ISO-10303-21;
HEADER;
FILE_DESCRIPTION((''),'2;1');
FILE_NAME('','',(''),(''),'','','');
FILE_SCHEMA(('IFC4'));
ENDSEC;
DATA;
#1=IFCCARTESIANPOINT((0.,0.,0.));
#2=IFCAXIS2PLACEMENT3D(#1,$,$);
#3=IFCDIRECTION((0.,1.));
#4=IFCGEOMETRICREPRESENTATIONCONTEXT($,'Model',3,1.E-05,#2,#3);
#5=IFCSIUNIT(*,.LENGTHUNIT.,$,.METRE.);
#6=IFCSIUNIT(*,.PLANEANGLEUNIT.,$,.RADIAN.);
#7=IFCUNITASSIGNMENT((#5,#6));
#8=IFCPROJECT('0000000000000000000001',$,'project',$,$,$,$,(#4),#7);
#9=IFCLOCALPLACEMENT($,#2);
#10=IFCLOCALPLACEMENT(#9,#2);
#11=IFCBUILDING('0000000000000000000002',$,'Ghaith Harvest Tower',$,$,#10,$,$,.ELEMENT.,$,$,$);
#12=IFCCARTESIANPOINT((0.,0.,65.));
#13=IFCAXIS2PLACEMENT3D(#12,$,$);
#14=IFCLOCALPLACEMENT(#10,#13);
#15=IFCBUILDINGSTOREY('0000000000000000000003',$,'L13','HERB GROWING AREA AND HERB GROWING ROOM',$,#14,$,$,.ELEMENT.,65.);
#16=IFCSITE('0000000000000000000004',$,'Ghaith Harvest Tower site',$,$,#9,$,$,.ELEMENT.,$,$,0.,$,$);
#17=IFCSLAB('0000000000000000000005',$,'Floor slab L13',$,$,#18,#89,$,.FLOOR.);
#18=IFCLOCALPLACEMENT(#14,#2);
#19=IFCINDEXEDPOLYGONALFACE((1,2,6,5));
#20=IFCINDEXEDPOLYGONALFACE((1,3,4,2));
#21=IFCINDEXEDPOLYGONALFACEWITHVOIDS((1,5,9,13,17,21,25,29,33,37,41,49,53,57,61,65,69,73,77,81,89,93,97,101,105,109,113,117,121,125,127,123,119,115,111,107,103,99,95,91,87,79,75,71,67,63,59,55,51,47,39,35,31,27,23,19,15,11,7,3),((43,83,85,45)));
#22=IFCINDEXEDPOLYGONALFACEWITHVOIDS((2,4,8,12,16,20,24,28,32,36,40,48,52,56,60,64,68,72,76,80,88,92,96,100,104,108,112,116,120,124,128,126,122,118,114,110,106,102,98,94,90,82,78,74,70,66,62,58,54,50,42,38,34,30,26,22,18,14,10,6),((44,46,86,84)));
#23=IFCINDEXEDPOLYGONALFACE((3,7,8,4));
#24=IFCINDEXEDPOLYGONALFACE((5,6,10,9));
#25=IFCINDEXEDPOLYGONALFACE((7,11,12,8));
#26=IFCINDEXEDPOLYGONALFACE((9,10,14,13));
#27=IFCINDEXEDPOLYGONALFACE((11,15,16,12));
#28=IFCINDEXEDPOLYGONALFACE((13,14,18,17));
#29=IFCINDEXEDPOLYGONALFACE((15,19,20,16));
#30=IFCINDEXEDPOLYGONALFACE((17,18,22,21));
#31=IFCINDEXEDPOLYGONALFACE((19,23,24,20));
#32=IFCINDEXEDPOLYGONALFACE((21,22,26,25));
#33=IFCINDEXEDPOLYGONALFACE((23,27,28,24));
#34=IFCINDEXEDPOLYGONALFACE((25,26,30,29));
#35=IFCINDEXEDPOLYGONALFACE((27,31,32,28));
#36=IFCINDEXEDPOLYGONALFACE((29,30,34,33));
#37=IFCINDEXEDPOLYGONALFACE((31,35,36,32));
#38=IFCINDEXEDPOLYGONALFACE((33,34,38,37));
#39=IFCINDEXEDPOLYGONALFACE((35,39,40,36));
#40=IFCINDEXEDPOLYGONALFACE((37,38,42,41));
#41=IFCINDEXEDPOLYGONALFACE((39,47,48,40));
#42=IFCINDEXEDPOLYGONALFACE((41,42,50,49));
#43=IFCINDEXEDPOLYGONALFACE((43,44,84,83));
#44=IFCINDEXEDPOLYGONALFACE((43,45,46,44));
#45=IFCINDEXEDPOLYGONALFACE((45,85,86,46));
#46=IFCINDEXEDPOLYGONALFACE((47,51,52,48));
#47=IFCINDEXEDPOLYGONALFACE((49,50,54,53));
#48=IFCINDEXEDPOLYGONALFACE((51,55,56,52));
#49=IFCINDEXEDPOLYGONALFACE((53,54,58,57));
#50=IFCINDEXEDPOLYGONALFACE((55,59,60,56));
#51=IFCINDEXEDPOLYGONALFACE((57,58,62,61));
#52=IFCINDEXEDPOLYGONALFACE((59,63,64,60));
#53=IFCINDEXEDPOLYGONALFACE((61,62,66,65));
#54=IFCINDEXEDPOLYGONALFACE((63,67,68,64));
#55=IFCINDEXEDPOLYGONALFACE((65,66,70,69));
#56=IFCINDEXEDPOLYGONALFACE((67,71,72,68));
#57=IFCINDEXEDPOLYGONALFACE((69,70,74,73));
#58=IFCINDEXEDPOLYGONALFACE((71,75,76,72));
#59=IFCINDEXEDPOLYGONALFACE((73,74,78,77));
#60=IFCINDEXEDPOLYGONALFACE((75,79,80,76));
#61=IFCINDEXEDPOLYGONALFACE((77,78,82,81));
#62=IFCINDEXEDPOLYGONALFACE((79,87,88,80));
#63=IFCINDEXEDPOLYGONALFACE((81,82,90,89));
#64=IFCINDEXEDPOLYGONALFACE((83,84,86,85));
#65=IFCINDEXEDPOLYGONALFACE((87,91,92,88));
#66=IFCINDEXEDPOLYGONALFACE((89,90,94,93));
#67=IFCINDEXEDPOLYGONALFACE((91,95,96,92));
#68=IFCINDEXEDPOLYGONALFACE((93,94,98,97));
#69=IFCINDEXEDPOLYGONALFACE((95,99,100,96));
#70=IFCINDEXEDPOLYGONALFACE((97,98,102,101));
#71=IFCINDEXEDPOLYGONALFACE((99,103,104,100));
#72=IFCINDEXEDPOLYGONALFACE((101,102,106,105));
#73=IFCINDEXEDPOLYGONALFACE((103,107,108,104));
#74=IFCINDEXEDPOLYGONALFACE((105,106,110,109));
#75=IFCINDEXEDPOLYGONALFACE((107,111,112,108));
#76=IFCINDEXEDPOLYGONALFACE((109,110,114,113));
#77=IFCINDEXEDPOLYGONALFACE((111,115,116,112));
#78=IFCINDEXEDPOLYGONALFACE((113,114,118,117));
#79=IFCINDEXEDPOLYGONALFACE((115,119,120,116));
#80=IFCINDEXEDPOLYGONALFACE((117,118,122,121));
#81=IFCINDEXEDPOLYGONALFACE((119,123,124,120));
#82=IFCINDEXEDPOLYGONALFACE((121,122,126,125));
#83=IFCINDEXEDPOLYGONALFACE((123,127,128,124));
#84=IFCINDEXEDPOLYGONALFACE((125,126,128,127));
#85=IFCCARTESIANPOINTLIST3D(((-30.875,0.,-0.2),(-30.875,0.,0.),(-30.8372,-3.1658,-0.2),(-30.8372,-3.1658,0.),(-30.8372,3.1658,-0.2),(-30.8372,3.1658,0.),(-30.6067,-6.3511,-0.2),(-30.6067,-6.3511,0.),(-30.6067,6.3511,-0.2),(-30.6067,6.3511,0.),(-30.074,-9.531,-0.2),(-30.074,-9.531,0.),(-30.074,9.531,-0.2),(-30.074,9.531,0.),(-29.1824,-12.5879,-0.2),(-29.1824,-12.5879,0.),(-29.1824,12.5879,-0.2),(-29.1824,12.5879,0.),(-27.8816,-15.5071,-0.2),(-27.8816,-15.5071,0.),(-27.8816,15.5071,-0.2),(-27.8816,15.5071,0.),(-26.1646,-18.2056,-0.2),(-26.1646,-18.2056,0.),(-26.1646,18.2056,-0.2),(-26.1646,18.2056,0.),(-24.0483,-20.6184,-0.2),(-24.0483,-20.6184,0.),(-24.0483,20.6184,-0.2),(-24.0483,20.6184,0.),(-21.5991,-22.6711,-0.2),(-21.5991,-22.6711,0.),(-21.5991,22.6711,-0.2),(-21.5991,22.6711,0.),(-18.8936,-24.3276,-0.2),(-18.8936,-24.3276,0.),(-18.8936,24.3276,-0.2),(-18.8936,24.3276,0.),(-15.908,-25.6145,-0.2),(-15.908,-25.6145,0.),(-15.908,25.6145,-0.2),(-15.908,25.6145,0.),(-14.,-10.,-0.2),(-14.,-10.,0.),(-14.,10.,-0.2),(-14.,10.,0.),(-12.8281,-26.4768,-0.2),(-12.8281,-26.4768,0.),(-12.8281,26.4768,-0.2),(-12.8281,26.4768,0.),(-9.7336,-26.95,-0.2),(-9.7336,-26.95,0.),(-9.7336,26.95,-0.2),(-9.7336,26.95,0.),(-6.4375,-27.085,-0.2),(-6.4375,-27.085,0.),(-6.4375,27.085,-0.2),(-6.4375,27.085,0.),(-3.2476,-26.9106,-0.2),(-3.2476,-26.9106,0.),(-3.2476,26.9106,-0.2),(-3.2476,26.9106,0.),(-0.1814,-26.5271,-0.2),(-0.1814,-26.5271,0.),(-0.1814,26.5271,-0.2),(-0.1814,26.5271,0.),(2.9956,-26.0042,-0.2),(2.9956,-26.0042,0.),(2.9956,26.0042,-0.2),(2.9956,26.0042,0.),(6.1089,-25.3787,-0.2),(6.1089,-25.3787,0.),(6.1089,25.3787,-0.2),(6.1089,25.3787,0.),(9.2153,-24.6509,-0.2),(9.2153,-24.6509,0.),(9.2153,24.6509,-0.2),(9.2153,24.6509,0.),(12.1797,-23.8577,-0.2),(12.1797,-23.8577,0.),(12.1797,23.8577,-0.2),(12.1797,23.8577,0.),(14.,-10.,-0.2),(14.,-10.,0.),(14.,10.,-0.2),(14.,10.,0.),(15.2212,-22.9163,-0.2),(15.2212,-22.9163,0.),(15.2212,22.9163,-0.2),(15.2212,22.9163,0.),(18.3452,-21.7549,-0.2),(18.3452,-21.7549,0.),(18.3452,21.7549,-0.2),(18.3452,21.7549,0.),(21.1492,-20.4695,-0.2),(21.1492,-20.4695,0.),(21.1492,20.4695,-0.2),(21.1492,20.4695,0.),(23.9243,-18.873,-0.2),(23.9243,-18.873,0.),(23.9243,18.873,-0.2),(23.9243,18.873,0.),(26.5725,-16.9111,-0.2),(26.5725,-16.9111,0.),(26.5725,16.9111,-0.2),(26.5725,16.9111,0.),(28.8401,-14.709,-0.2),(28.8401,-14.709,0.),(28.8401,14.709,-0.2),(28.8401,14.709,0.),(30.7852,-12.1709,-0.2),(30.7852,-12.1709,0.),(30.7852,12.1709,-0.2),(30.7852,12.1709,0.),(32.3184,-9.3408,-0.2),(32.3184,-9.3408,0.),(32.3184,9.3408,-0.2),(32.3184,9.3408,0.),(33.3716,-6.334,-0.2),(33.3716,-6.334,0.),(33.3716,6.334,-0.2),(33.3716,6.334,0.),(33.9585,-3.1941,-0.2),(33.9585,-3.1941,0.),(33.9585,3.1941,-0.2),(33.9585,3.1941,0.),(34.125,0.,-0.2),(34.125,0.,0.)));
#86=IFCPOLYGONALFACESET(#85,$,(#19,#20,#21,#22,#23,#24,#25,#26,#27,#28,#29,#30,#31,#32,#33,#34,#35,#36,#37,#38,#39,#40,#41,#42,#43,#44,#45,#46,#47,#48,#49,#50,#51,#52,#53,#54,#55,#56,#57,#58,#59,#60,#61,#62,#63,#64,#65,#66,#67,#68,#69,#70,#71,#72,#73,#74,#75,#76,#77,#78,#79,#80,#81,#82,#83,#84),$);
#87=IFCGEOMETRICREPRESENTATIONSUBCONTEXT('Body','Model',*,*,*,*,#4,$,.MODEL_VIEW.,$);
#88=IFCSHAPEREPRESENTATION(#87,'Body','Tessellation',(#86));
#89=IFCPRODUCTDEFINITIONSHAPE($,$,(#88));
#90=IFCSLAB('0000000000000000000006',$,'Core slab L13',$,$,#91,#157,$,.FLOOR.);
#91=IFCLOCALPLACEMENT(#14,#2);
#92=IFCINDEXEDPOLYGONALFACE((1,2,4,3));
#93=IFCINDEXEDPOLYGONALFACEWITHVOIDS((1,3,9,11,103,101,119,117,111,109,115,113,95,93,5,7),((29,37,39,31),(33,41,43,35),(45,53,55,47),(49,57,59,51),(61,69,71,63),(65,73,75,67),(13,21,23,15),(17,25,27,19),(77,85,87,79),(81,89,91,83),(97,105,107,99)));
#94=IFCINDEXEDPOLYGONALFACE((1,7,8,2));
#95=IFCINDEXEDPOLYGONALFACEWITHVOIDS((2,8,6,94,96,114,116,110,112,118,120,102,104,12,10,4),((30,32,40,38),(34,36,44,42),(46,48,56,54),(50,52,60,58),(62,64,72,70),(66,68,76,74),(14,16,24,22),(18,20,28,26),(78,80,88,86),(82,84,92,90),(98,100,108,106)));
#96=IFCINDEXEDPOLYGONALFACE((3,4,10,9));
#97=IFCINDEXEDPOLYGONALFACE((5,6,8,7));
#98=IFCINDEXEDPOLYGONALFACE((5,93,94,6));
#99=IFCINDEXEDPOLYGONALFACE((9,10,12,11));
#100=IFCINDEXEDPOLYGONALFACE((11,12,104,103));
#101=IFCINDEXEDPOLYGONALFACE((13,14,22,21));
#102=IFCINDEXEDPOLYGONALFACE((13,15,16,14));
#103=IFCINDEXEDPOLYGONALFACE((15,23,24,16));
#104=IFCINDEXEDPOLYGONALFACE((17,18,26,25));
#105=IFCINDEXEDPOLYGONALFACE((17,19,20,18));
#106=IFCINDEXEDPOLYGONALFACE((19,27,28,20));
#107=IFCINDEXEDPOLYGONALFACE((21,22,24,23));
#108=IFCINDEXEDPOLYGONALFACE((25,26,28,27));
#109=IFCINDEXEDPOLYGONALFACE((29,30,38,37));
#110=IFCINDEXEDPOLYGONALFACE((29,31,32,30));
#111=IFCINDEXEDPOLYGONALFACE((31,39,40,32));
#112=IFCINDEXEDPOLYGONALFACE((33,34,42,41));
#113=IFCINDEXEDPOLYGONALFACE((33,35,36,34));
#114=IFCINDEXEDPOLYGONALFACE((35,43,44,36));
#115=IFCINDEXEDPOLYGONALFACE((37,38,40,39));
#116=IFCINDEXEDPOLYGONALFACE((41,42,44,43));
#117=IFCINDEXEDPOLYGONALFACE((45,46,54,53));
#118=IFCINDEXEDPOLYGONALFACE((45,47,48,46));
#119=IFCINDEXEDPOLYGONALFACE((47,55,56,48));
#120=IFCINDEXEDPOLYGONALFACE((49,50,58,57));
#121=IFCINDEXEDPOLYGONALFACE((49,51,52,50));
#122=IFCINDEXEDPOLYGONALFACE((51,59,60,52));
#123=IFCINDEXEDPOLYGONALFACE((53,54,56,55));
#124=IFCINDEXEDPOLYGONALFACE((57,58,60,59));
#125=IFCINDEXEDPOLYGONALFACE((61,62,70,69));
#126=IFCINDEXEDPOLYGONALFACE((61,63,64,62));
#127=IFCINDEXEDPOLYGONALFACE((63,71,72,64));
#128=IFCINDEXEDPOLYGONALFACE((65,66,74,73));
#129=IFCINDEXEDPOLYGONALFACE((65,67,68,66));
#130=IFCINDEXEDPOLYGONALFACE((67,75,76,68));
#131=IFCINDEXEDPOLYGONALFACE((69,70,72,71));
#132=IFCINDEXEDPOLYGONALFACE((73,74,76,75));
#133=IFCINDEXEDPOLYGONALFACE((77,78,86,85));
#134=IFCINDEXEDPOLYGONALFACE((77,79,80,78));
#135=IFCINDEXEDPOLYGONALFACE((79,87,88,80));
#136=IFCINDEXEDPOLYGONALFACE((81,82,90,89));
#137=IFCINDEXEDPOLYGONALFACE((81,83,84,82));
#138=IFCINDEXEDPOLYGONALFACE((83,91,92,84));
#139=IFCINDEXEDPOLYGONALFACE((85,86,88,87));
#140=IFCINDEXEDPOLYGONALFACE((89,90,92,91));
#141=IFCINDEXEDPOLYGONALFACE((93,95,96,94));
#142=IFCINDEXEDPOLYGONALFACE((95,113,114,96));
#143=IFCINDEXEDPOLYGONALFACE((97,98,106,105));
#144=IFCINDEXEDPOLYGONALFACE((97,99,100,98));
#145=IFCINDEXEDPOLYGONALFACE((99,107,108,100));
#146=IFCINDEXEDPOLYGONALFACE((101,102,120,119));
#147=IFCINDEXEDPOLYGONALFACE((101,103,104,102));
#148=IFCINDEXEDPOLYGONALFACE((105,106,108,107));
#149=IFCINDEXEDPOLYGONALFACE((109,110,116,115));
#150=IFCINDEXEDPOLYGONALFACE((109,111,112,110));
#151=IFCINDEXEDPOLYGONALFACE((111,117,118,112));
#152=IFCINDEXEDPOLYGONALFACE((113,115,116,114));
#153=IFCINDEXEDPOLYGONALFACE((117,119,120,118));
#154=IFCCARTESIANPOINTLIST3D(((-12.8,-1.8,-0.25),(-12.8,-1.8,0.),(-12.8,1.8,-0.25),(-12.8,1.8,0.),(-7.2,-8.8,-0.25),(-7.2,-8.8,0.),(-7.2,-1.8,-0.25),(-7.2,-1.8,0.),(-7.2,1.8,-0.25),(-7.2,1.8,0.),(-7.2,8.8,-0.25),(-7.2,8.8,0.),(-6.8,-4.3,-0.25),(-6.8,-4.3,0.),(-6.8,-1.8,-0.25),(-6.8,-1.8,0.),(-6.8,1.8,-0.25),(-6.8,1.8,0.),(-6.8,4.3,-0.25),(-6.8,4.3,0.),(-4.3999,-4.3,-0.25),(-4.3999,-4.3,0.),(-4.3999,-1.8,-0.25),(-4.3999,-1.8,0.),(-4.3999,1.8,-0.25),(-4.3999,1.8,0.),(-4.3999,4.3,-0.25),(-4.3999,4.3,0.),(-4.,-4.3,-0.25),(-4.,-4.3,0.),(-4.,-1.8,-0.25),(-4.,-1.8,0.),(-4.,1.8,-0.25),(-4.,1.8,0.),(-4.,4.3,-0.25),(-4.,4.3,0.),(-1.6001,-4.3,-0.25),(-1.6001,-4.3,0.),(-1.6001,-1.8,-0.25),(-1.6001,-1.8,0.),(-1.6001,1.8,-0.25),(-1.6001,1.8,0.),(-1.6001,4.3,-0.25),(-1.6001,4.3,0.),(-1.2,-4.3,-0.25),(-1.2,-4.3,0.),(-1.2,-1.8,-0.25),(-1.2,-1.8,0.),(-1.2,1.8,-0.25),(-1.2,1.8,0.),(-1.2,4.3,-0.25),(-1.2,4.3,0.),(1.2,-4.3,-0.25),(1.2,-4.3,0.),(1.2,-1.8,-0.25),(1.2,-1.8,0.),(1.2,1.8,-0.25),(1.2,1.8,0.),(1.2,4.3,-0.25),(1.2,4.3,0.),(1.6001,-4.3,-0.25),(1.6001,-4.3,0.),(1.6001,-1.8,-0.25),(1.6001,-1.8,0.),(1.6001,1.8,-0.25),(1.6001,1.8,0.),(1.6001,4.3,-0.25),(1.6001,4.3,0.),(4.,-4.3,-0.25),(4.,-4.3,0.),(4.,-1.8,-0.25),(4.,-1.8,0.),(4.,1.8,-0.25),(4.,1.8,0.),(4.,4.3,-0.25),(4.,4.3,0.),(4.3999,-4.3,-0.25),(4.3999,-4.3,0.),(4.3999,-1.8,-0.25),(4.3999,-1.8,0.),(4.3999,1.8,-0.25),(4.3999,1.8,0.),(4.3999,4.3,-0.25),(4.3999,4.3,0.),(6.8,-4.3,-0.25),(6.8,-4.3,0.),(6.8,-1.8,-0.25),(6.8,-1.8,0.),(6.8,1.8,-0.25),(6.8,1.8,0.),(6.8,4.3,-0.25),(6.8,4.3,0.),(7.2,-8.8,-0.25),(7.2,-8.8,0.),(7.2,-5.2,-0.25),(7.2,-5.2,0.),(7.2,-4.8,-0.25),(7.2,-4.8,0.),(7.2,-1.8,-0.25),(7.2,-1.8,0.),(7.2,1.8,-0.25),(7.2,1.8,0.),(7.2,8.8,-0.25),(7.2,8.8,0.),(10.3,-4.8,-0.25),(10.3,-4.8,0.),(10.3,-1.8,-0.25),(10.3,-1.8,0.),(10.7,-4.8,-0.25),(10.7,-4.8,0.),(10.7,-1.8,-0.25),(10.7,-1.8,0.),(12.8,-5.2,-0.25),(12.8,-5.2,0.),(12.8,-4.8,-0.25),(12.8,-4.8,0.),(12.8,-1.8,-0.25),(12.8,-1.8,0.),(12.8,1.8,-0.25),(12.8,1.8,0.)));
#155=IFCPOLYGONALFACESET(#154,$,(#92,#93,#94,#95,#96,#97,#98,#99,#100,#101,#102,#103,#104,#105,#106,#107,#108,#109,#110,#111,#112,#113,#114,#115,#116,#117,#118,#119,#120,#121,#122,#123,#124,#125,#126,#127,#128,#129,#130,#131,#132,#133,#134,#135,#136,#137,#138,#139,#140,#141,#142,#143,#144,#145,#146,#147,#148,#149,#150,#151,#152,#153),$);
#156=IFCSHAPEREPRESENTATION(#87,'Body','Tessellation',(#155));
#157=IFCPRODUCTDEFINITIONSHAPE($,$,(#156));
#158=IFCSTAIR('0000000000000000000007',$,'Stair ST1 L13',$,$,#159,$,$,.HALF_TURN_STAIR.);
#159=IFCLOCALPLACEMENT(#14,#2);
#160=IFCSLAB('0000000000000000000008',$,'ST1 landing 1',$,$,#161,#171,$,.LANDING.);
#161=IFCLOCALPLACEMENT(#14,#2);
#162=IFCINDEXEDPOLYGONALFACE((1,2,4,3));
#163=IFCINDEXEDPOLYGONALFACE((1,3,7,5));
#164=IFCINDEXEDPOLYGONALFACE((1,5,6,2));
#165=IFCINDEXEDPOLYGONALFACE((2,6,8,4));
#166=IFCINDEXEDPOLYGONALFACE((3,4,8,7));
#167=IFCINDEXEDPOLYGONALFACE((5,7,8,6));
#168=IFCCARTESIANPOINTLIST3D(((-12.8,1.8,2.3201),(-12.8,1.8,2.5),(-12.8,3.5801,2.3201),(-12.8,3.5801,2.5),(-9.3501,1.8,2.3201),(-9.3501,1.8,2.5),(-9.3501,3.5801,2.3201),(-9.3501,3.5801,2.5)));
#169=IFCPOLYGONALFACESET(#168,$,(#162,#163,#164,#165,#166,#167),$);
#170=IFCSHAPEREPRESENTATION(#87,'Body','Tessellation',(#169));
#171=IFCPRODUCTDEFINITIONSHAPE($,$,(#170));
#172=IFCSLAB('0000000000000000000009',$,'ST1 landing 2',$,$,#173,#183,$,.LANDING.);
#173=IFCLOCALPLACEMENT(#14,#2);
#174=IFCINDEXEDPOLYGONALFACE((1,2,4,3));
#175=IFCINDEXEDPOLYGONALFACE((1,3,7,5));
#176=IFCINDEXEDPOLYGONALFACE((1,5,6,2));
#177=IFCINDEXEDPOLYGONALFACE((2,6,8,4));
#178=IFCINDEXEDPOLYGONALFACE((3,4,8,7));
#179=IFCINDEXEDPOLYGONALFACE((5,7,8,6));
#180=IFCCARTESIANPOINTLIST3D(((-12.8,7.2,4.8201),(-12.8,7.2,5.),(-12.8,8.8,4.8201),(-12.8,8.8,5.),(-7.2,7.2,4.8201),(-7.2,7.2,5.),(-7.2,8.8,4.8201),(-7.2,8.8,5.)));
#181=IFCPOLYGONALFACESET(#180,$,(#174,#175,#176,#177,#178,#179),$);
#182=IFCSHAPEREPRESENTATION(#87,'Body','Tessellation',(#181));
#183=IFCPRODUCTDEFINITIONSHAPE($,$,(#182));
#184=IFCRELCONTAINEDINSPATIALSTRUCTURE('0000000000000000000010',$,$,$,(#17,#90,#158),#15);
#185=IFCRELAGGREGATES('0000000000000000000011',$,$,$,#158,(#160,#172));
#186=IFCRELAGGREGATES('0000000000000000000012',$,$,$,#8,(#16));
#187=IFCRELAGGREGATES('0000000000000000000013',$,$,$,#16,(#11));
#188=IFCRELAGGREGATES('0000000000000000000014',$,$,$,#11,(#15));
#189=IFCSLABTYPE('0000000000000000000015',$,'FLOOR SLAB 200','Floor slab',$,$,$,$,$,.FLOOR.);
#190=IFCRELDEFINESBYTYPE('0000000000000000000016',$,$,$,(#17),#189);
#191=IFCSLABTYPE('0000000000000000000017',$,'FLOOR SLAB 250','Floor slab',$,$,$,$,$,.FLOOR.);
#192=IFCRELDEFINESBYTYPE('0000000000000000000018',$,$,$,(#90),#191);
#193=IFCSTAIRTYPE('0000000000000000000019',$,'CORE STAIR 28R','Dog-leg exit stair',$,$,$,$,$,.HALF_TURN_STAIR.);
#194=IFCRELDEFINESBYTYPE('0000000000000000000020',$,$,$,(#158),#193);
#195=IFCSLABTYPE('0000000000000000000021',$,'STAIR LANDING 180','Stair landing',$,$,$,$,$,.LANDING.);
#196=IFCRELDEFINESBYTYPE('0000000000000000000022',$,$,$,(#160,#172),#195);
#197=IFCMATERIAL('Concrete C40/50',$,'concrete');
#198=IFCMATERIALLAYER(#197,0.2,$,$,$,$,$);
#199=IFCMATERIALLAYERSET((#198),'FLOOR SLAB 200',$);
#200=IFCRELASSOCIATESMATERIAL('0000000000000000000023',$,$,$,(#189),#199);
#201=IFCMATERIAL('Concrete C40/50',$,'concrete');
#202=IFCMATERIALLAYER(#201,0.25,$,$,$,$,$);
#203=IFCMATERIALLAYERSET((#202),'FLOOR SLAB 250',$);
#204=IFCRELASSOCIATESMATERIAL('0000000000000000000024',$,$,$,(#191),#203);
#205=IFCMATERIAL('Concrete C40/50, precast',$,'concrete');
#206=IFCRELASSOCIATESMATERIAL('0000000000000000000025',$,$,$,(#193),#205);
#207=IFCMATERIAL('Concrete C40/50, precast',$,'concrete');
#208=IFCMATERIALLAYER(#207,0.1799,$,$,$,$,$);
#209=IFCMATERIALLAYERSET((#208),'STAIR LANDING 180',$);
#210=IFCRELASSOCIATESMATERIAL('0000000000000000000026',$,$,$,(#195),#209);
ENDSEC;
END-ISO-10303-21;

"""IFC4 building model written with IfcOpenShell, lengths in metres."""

from ifc_helpers import new_model, si_unit, direction, frame, origin, place, context, subcontext, project, spatial, polyline, outline, extrude, material, layer, layer_set, type_object, element, aggregate, save


model = new_model("IFC4")

# Units and contexts
model_context = context("Model", 3, precision=1e-05, world=origin(), true_north=direction((0.0, 1.0)))
body_context = subcontext(model_context, "Body", "Model", "MODEL_VIEW")
ifc_project = project(units=[si_unit("LENGTHUNIT", "METRE"), si_unit("PLANEANGLEUNIT", "RADIAN")], contexts=[model_context])

# Site, building, storey
site_placement = place(None, origin())
site = spatial("IfcSite", under=ifc_project, at=site_placement, Name="Ghaith Harvest Tower site", CompositionType="ELEMENT", RefElevation=0.0)
building_placement = place(site_placement, origin())
building = spatial("IfcBuilding", under=site, at=building_placement, Name="Ghaith Harvest Tower", CompositionType="ELEMENT")
storey_placement = place(building_placement, frame((0.0, 0.0, 65.0)))
storey = spatial("IfcBuildingStorey", under=building, at=storey_placement, Name="L13", Description="HERB GROWING AREA AND HERB GROWING ROOM", CompositionType="ELEMENT", Elevation=65.0)

# Slabs
ifc_material_1 = material(Name="Concrete C40/50", Category="concrete")
ifc_layer_1 = layer(ifc_material_1, 0.2)
ifc_layer_set_1 = layer_set([ifc_layer_1], Name="FLOOR SLAB 200")
slab_type_1 = type_object("IfcSlabType", Name="FLOOR SLAB 200", Description="Floor slab", PredefinedType="FLOOR", material=ifc_layer_set_1)
slab_1_placement = place(storey_placement, frame((0.0, 0.0, -0.2)))
element("IfcSlab", 1, at=slab_1_placement, inside=storey, type_object=slab_type_1, Name="Floor slab L13", PredefinedType="FLOOR", context=body_context, shape_type="SweptSolid", body=[
    extrude(outline(polyline([(34.125, 0.0), (33.9585, 3.1941), (33.3716, 6.334), (32.3184, 9.3408), (30.7852, 12.1709), (28.8401, 14.709), (26.5725, 16.9111), (23.9243, 18.873), (21.1492, 20.4695), (18.3452, 21.7549), (15.2212, 22.9163), (12.1797, 23.8577), (9.2153, 24.6509), (6.1089, 25.3787), (2.9956, 26.0042), (-0.1814, 26.5271), (-3.2476, 26.9106), (-6.4375, 27.085), (-9.7336, 26.95), (-12.8281, 26.4768), (-15.908, 25.6145), (-18.8936, 24.3276), (-21.5991, 22.6711), (-24.0483, 20.6184), (-26.1646, 18.2056), (-27.8816, 15.5071), (-29.1824, 12.5879), (-30.074, 9.531), (-30.6067, 6.3511), (-30.8372, 3.1658), (-30.875, 0.0), (-30.8372, -3.1658), (-30.6067, -6.3511), (-30.074, -9.531), (-29.1824, -12.5879), (-27.8816, -15.5071), (-26.1646, -18.2056), (-24.0483, -20.6184), (-21.5991, -22.6711), (-18.8936, -24.3276), (-15.908, -25.6145), (-12.8281, -26.4768), (-9.7336, -26.95), (-6.4375, -27.085), (-3.2476, -26.9106), (-0.1814, -26.5271), (2.9956, -26.0042), (6.1089, -25.3787), (9.2153, -24.6509), (12.1797, -23.8577), (15.2212, -22.9163), (18.3452, -21.7549), (21.1492, -20.4695), (23.9243, -18.873), (26.5725, -16.9111), (28.8401, -14.709), (30.7852, -12.1709), (32.3184, -9.3408), (33.3716, -6.334), (33.9585, -3.1941), (34.125, 0.0)]), holes=[polyline([(-14.0, -10.0), (14.0, -10.0), (14.0, 10.0), (-14.0, 10.0), (-14.0, -10.0)])]), origin(), (0.0, 0.0, 1.0), 0.2),
])
ifc_material_2 = material(Name="Concrete C40/50", Category="concrete")
ifc_layer_2 = layer(ifc_material_2, 0.25)
ifc_layer_set_2 = layer_set([ifc_layer_2], Name="FLOOR SLAB 250")
slab_type_2 = type_object("IfcSlabType", Name="FLOOR SLAB 250", Description="Floor slab", PredefinedType="FLOOR", material=ifc_layer_set_2)
slab_2_placement = place(storey_placement, frame((0.0, 0.0, -0.25)))
element("IfcSlab", 2, at=slab_2_placement, inside=storey, type_object=slab_type_2, Name="Core slab L13", PredefinedType="FLOOR", context=body_context, shape_type="SweptSolid", body=[
    extrude(outline(polyline([(-12.8, 1.8), (-7.2, 1.8), (-7.2, 8.8), (7.2, 8.8), (7.2, 1.8), (12.8, 1.8), (12.8, -1.8), (10.7, -1.8), (10.7, -4.8), (12.8, -4.8), (12.8, -5.2), (7.2, -5.2), (7.2, -8.8), (-7.2, -8.8), (-7.2, -1.8), (-12.8, -1.8), (-12.8, 1.8)]), holes=[polyline([(-4.3999, -4.3), (-4.3999, -1.8), (-6.8, -1.8), (-6.8, -4.3), (-4.3999, -4.3)]), polyline([(-1.6001, -4.3), (-1.6001, -1.8), (-4.0, -1.8), (-4.0, -4.3), (-1.6001, -4.3)]), polyline([(1.2, -4.3), (1.2, -1.8), (-1.2, -1.8), (-1.2, -4.3), (1.2, -4.3)]), polyline([(-4.3999, 1.8), (-4.3999, 4.3), (-6.8, 4.3), (-6.8, 1.8), (-4.3999, 1.8)]), polyline([(-1.6001, 1.8), (-1.6001, 4.3), (-4.0, 4.3), (-4.0, 1.8), (-1.6001, 1.8)]), polyline([(1.2, 1.8), (1.2, 4.3), (-1.2, 4.3), (-1.2, 1.8), (1.2, 1.8)]), polyline([(10.3, -4.8), (10.3, -1.8), (7.2, -1.8), (7.2, -4.8), (10.3, -4.8)]), polyline([(4.0, -4.3), (4.0, -1.8), (1.6001, -1.8), (1.6001, -4.3), (4.0, -4.3)]), polyline([(6.8, -4.3), (6.8, -1.8), (4.3999, -1.8), (4.3999, -4.3), (6.8, -4.3)]), polyline([(4.0, 1.8), (4.0, 4.3), (1.6001, 4.3), (1.6001, 1.8), (4.0, 1.8)]), polyline([(6.8, 1.8), (6.8, 4.3), (4.3999, 4.3), (4.3999, 1.8), (6.8, 1.8)])]), origin(), (0.0, 0.0, 1.0), 0.25),
])

# Stair, slabs
ifc_material_3 = material(Name="Concrete C40/50, precast", Category="concrete")
stair_type = type_object("IfcStairType", Name="CORE STAIR 28R", Description="Dog-leg exit stair", PredefinedType="HALF_TURN_STAIR", material=ifc_material_3)
stair_1_placement = place(storey_placement, origin())
stair_1 = element("IfcStair", 3, at=stair_1_placement, inside=storey, type_object=stair_type, Name="Stair ST1 L13", PredefinedType="HALF_TURN_STAIR")
ifc_material_4 = material(Name="Concrete C40/50, precast", Category="concrete")
ifc_layer_3 = layer(ifc_material_4, 0.1799)
ifc_layer_set_3 = layer_set([ifc_layer_3], Name="STAIR LANDING 180")
slab_type_3 = type_object("IfcSlabType", Name="STAIR LANDING 180", Description="Stair landing", PredefinedType="LANDING", material=ifc_layer_set_3)
slab_3_placement = place(storey_placement, frame((0.0, 0.0, 2.3201)))
slab_3 = element("IfcSlab", 4, at=slab_3_placement, type_object=slab_type_3, Name="ST1 landing 1", PredefinedType="LANDING", context=body_context, shape_type="SweptSolid", body=[
    extrude(outline(polyline([(-12.8, 3.5801), (-12.8, 1.8), (-9.3501, 1.8), (-9.3501, 3.5801), (-12.8, 3.5801)])), origin(), (0.0, 0.0, 1.0), 0.1799),
])
slab_4_placement = place(storey_placement, frame((0.0, 0.0, 4.8201)))
slab_4 = element("IfcSlab", 5, at=slab_4_placement, type_object=slab_type_3, Name="ST1 landing 2", PredefinedType="LANDING", context=body_context, shape_type="SweptSolid", body=[
    extrude(outline(polyline([(-12.8, 8.8), (-12.8, 7.2), (-7.2, 7.2), (-7.2, 8.8), (-12.8, 8.8)])), origin(), (0.0, 0.0, 1.0), 0.1799),
])
aggregate(stair_1, [slab_3, slab_4])

save(model, "model.ifc")
